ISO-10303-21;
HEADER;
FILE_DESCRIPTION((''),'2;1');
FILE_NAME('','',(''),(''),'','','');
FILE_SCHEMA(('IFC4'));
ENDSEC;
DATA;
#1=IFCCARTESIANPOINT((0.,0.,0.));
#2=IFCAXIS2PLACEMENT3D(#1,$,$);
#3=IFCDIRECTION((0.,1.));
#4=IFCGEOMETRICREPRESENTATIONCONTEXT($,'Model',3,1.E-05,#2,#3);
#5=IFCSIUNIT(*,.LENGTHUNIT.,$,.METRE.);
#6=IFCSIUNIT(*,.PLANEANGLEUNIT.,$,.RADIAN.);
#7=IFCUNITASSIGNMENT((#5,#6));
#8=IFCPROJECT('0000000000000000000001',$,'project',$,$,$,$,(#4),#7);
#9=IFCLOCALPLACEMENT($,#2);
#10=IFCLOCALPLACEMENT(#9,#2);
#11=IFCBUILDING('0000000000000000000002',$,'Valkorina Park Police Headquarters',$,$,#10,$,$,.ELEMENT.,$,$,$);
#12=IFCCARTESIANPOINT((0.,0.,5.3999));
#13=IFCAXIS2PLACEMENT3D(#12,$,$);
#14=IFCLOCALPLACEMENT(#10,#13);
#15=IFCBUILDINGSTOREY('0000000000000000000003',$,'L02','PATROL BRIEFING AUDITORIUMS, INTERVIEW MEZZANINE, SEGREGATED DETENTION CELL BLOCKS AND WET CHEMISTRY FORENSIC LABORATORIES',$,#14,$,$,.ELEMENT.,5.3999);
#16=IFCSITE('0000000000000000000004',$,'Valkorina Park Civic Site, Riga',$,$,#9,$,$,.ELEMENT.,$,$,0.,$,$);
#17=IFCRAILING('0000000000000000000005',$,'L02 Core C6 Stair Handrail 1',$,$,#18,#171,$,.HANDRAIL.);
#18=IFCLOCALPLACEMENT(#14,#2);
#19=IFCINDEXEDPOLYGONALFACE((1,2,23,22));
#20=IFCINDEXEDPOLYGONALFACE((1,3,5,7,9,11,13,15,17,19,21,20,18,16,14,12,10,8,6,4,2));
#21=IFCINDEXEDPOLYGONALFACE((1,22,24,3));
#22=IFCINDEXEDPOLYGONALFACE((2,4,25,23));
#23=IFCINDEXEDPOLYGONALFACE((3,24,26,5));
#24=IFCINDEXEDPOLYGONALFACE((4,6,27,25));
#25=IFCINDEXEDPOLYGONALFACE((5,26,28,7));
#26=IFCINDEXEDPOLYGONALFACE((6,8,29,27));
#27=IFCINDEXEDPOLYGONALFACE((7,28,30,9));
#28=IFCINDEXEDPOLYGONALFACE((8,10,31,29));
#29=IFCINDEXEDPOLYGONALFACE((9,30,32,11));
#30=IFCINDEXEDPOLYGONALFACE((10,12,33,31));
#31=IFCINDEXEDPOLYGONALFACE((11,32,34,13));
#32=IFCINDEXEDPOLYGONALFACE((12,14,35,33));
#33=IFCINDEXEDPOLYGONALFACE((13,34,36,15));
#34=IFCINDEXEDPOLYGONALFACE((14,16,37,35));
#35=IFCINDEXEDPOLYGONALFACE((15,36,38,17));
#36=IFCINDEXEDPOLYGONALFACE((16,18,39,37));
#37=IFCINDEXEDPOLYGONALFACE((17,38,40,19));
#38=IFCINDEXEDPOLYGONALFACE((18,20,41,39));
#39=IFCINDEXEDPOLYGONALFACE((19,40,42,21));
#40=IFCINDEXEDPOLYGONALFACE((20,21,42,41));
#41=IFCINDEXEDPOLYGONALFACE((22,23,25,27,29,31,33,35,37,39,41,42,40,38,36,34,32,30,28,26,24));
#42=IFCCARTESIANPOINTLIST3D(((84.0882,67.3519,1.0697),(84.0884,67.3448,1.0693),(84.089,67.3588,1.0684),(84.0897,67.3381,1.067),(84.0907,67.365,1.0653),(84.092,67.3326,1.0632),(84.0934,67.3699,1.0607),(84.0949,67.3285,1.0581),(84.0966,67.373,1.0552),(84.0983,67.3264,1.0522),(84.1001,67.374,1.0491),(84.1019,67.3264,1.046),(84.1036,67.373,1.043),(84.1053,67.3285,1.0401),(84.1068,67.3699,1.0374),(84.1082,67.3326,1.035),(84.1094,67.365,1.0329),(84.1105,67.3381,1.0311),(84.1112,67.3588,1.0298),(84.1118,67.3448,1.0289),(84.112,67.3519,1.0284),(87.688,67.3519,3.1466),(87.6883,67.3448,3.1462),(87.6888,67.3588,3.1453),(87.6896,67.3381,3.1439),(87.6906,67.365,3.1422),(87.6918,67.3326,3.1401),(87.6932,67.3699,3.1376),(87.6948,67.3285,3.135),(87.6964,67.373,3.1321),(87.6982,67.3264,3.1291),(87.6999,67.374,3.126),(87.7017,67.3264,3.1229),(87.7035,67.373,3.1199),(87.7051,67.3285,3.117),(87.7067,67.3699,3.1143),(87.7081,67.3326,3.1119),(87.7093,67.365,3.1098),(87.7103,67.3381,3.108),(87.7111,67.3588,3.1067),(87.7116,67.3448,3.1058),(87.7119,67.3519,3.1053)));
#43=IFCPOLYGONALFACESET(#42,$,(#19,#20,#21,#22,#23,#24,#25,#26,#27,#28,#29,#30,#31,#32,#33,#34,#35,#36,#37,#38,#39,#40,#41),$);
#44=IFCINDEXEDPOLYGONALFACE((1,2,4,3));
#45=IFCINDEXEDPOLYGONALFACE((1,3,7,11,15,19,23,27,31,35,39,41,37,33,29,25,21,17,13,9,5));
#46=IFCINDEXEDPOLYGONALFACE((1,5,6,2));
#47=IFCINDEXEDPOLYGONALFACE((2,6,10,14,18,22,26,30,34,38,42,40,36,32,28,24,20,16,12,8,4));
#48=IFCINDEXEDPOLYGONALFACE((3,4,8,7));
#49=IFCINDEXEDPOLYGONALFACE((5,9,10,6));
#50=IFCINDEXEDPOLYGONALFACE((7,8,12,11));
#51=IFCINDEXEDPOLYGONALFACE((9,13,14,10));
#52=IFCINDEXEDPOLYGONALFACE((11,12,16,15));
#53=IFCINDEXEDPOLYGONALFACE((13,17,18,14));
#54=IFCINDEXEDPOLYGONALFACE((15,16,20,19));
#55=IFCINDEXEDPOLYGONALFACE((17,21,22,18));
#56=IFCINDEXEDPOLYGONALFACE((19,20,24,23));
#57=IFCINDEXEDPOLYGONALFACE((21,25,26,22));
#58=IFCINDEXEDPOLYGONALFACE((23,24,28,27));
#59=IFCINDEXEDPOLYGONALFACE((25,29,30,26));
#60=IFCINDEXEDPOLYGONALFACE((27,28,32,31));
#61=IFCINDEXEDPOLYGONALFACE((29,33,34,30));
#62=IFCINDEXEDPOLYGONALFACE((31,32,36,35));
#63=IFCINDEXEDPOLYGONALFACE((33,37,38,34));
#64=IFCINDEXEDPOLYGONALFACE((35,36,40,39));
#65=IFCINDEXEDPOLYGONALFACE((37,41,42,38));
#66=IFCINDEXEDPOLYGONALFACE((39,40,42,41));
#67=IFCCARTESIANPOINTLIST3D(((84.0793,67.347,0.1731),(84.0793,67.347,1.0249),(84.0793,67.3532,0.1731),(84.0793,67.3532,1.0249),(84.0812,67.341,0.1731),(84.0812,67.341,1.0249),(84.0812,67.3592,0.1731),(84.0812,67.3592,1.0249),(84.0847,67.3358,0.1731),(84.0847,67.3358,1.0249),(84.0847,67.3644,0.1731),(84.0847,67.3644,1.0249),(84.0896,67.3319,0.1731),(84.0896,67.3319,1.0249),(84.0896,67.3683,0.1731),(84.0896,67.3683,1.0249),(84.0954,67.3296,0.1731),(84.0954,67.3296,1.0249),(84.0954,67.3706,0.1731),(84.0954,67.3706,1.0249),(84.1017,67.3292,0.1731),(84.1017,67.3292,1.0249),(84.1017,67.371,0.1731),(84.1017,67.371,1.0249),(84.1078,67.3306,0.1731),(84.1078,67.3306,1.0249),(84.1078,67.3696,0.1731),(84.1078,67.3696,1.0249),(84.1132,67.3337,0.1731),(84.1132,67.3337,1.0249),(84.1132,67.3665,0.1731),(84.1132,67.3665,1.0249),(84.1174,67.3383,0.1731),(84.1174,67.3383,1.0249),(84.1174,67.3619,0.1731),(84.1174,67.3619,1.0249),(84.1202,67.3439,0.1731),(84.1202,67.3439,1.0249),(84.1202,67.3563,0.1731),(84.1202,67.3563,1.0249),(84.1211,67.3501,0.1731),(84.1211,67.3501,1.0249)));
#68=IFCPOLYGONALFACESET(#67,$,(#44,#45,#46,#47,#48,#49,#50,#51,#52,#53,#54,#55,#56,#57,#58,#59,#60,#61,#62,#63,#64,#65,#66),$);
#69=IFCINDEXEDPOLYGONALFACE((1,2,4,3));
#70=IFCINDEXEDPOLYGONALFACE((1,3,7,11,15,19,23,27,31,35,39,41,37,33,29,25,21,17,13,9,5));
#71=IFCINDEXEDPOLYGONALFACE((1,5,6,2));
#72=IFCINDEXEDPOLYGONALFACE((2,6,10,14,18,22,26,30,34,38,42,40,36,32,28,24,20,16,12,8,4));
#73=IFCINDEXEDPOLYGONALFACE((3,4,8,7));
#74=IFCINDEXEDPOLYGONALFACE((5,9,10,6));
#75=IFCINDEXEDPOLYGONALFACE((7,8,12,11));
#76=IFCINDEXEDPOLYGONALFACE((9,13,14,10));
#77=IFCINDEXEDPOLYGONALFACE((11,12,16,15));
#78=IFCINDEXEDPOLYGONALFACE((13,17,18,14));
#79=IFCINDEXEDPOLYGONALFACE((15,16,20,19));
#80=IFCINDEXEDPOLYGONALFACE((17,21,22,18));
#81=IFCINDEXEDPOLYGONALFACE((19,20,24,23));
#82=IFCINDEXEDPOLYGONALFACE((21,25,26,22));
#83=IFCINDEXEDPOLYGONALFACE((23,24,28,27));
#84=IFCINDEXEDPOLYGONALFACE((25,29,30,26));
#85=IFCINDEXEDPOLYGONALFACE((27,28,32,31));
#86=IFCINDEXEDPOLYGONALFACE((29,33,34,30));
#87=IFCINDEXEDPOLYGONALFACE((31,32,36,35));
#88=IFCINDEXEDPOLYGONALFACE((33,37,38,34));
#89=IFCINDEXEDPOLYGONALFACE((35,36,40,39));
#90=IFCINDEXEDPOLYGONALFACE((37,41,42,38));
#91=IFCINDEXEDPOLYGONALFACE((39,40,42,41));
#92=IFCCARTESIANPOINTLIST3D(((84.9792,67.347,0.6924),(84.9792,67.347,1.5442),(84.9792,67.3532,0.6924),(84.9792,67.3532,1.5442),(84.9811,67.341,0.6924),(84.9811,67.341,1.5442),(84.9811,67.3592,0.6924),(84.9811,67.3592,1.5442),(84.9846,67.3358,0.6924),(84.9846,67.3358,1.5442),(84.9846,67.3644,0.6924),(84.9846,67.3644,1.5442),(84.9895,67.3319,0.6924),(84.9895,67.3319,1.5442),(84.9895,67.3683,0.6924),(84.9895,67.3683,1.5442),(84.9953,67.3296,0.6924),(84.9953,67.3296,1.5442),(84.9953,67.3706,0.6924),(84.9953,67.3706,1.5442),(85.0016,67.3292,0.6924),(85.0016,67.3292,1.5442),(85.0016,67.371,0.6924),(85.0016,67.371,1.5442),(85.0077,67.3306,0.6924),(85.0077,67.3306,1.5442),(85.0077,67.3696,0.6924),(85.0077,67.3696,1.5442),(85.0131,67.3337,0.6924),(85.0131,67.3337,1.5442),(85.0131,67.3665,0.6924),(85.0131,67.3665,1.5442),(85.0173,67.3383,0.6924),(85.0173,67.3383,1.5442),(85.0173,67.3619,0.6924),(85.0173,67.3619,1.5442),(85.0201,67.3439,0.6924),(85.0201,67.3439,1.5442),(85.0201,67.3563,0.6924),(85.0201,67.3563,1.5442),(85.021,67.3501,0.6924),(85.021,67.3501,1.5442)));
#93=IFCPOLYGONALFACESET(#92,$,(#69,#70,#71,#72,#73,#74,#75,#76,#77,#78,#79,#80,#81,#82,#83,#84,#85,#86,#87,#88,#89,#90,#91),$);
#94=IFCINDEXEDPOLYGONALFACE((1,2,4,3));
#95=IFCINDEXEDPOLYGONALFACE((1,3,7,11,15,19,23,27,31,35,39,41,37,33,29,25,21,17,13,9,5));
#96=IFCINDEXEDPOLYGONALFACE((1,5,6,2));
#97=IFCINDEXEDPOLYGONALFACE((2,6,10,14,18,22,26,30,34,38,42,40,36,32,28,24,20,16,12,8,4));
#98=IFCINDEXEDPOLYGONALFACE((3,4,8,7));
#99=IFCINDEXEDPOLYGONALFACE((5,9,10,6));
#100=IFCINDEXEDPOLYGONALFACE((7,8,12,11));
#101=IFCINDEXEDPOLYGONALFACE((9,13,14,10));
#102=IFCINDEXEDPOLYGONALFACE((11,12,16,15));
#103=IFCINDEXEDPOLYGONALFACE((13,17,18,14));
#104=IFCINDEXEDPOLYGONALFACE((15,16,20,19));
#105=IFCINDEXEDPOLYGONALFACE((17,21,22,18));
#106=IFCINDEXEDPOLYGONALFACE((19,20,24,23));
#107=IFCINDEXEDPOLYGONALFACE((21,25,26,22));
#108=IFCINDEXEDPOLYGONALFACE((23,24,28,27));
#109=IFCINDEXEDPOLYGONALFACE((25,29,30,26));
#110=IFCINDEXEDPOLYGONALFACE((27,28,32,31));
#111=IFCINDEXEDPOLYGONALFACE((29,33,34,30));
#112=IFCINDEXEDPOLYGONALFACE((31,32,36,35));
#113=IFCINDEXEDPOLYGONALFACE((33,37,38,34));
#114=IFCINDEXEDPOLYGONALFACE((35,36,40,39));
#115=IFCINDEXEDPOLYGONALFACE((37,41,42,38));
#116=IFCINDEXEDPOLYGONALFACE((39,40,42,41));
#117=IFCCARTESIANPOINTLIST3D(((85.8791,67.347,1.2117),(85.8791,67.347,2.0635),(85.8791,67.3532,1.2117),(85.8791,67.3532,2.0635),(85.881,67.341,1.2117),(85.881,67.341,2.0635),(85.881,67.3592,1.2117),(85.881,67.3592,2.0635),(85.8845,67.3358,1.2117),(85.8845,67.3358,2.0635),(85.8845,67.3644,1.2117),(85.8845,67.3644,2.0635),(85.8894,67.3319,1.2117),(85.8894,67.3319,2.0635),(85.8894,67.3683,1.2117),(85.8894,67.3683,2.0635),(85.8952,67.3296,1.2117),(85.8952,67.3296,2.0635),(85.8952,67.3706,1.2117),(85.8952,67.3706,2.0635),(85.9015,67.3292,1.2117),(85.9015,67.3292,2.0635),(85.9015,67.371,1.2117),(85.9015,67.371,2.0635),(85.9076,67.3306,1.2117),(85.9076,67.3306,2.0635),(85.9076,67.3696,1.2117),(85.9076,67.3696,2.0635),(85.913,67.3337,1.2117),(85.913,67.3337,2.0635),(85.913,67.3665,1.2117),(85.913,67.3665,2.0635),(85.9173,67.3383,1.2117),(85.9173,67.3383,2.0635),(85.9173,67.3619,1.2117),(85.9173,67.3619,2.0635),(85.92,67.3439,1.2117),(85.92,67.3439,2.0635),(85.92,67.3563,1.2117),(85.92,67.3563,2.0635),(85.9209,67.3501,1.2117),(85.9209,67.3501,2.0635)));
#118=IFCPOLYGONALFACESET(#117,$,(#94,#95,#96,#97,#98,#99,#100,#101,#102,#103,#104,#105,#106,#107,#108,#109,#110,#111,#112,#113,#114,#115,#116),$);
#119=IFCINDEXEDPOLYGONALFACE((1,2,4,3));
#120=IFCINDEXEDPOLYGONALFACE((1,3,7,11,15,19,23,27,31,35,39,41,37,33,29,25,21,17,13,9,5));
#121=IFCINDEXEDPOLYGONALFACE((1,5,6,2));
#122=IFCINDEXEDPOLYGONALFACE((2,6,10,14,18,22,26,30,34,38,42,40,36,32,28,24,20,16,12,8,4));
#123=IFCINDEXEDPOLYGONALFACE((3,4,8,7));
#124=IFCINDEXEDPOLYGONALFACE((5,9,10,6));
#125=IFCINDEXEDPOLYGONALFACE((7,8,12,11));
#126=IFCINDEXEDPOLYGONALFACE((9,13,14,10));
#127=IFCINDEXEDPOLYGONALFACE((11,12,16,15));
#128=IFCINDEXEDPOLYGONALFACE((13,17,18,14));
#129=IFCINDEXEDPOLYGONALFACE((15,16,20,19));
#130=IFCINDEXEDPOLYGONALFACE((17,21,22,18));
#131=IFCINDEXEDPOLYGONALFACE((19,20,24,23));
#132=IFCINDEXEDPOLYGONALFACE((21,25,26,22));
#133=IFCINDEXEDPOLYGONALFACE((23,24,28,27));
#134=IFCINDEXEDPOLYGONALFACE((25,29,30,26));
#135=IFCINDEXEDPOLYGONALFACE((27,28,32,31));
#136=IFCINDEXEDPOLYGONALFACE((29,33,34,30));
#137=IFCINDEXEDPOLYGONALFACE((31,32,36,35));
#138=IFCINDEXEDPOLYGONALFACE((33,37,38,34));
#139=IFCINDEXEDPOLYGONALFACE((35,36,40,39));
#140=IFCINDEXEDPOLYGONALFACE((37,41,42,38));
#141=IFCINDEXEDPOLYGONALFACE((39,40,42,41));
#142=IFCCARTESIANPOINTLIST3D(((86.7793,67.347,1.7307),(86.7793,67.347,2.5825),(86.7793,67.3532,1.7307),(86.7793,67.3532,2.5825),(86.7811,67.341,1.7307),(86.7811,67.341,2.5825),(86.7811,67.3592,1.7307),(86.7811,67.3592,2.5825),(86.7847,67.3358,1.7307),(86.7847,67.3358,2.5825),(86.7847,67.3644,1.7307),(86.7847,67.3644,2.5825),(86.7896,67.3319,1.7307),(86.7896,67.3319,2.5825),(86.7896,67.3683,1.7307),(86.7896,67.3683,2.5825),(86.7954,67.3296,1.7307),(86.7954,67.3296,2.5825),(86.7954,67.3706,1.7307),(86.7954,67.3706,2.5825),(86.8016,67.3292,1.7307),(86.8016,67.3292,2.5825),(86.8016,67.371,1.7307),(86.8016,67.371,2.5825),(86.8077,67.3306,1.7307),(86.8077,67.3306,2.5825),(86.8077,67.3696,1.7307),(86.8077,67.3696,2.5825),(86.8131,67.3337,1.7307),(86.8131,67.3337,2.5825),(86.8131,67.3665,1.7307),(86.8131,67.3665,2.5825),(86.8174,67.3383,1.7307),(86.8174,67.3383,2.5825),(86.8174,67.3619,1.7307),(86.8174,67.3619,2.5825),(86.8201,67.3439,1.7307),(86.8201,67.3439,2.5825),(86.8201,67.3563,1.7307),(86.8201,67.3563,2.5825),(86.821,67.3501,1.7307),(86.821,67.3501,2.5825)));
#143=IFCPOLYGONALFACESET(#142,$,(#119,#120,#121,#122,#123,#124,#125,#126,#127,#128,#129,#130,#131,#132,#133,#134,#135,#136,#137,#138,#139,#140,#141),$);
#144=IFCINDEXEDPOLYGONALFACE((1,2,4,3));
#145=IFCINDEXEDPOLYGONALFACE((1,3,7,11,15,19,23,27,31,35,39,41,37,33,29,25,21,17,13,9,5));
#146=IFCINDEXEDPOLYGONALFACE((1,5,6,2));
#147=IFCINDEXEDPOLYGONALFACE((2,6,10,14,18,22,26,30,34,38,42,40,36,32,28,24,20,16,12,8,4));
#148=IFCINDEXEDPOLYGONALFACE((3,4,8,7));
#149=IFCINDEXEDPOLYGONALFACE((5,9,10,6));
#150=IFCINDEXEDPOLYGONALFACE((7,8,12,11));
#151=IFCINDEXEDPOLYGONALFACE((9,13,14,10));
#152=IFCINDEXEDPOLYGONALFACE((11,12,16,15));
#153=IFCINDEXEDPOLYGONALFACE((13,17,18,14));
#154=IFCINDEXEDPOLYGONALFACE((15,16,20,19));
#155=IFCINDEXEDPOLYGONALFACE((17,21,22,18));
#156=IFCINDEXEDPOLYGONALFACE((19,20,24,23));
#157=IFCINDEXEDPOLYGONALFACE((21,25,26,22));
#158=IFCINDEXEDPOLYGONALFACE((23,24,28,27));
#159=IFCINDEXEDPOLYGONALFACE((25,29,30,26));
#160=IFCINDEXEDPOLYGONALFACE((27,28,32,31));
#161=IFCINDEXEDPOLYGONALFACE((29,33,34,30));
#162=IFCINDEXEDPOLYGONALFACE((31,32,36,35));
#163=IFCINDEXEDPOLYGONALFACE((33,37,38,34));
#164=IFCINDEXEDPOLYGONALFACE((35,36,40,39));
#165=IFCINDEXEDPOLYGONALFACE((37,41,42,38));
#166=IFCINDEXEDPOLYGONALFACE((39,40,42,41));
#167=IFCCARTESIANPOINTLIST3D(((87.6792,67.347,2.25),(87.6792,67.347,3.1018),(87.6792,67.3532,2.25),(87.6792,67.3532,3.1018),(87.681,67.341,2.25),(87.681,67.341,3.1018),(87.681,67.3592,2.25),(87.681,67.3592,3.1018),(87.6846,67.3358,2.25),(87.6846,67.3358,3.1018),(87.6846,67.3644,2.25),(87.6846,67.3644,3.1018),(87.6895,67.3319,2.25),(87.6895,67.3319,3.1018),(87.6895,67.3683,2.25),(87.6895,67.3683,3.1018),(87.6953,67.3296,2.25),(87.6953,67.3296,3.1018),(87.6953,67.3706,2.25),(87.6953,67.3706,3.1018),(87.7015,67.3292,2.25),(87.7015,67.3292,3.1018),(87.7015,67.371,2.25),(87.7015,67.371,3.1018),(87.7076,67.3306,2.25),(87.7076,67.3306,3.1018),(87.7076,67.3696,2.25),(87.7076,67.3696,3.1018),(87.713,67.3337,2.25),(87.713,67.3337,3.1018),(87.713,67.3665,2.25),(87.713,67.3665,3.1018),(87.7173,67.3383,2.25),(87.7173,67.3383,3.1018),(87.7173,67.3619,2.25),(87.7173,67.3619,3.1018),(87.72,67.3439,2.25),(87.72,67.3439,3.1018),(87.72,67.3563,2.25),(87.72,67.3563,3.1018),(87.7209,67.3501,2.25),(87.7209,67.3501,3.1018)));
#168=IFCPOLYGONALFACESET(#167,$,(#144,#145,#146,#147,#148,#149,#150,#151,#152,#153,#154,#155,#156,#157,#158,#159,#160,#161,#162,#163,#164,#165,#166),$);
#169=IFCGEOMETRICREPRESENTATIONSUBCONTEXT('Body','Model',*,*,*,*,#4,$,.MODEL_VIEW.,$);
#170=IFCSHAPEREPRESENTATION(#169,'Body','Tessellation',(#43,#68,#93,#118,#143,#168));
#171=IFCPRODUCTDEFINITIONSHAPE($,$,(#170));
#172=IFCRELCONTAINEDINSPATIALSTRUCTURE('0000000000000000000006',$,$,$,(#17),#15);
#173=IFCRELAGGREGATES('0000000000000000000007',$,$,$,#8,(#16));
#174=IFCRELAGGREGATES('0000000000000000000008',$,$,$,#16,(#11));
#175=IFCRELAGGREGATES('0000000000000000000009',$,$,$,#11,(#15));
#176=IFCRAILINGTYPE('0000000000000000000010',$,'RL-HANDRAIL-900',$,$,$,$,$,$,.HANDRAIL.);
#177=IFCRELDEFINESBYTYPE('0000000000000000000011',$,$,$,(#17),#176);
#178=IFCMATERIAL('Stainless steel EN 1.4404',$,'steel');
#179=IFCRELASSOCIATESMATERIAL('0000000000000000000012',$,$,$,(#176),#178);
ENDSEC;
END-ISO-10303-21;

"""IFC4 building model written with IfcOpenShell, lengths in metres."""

from ifc_helpers import new_model, si_unit, direction, frame, origin, origin_2d, place, context, subcontext, project, spatial, circle, extrude, material, type_object, element, save


model = new_model("IFC4")

# Units and contexts
model_context = context("Model", 3, precision=1e-05, world=origin(), true_north=direction((0.0, 1.0)))
body_context = subcontext(model_context, "Body", "Model", "MODEL_VIEW")
ifc_project = project(units=[si_unit("LENGTHUNIT", "METRE"), si_unit("PLANEANGLEUNIT", "RADIAN")], contexts=[model_context])

# Site, building, storey
site_placement = place(None, origin())
site = spatial("IfcSite", under=ifc_project, at=site_placement, Name="Valkorina Park Civic Site, Riga", CompositionType="ELEMENT", RefElevation=0.0)
building_placement = place(site_placement, origin())
building = spatial("IfcBuilding", under=site, at=building_placement, Name="Valkorina Park Police Headquarters", CompositionType="ELEMENT")
storey_placement = place(building_placement, frame((0.0, 0.0, 5.3999)))
storey = spatial("IfcBuildingStorey", under=building, at=storey_placement, Name="L02", Description="PATROL BRIEFING AUDITORIUMS, INTERVIEW MEZZANINE, SEGREGATED DETENTION CELL BLOCKS AND WET CHEMISTRY FORENSIC LABORATORIES", CompositionType="ELEMENT", Elevation=5.3999)

# Railing
ifc_material_1 = material(Name="Stainless steel EN 1.4404", Category="steel")
railing_type_1 = type_object("IfcRailingType", Name="RL-HANDRAIL-900", PredefinedType="HANDRAIL", material=ifc_material_1)
railing_1_placement = place(storey_placement, frame((84.1001, 67.3501, 0.1731)))
element("IfcRailing", 1, at=railing_1_placement, inside=storey, type_object=railing_type_1, Name="L02 Core C6 Stair Handrail 1", PredefinedType="HANDRAIL", context=body_context, shape_type="SweptSolid", body=[
    extrude(circle(Radius=0.0239, at=origin_2d()), frame((0.0, 0.0, 0.876), z_axis=(0.866179, 0.0, 0.499734), x_axis=(0.0, 1.0, 0.0)), (0.0, 0.0, 1.0), 4.156),
    extrude(circle(Radius=0.021, at=origin_2d()), origin(), (0.0, 0.0, 1.0), 0.8518),
    extrude(circle(Radius=0.021, at=origin_2d()), frame((0.8999, 0.0, 0.5193)), (0.0, 0.0, 1.0), 0.8518),
    extrude(circle(Radius=0.021, at=origin_2d()), frame((1.7998, 0.0, 1.0386)), (0.0, 0.0, 1.0), 0.8518),
    extrude(circle(Radius=0.021, at=origin_2d()), frame((2.7, 0.0, 1.5576)), (0.0, 0.0, 1.0), 0.8518),
    extrude(circle(Radius=0.021, at=origin_2d()), frame((3.5999, 0.0, 2.0769)), (0.0, 0.0, 1.0), 0.8518),
])

save(model, "model.ifc")
